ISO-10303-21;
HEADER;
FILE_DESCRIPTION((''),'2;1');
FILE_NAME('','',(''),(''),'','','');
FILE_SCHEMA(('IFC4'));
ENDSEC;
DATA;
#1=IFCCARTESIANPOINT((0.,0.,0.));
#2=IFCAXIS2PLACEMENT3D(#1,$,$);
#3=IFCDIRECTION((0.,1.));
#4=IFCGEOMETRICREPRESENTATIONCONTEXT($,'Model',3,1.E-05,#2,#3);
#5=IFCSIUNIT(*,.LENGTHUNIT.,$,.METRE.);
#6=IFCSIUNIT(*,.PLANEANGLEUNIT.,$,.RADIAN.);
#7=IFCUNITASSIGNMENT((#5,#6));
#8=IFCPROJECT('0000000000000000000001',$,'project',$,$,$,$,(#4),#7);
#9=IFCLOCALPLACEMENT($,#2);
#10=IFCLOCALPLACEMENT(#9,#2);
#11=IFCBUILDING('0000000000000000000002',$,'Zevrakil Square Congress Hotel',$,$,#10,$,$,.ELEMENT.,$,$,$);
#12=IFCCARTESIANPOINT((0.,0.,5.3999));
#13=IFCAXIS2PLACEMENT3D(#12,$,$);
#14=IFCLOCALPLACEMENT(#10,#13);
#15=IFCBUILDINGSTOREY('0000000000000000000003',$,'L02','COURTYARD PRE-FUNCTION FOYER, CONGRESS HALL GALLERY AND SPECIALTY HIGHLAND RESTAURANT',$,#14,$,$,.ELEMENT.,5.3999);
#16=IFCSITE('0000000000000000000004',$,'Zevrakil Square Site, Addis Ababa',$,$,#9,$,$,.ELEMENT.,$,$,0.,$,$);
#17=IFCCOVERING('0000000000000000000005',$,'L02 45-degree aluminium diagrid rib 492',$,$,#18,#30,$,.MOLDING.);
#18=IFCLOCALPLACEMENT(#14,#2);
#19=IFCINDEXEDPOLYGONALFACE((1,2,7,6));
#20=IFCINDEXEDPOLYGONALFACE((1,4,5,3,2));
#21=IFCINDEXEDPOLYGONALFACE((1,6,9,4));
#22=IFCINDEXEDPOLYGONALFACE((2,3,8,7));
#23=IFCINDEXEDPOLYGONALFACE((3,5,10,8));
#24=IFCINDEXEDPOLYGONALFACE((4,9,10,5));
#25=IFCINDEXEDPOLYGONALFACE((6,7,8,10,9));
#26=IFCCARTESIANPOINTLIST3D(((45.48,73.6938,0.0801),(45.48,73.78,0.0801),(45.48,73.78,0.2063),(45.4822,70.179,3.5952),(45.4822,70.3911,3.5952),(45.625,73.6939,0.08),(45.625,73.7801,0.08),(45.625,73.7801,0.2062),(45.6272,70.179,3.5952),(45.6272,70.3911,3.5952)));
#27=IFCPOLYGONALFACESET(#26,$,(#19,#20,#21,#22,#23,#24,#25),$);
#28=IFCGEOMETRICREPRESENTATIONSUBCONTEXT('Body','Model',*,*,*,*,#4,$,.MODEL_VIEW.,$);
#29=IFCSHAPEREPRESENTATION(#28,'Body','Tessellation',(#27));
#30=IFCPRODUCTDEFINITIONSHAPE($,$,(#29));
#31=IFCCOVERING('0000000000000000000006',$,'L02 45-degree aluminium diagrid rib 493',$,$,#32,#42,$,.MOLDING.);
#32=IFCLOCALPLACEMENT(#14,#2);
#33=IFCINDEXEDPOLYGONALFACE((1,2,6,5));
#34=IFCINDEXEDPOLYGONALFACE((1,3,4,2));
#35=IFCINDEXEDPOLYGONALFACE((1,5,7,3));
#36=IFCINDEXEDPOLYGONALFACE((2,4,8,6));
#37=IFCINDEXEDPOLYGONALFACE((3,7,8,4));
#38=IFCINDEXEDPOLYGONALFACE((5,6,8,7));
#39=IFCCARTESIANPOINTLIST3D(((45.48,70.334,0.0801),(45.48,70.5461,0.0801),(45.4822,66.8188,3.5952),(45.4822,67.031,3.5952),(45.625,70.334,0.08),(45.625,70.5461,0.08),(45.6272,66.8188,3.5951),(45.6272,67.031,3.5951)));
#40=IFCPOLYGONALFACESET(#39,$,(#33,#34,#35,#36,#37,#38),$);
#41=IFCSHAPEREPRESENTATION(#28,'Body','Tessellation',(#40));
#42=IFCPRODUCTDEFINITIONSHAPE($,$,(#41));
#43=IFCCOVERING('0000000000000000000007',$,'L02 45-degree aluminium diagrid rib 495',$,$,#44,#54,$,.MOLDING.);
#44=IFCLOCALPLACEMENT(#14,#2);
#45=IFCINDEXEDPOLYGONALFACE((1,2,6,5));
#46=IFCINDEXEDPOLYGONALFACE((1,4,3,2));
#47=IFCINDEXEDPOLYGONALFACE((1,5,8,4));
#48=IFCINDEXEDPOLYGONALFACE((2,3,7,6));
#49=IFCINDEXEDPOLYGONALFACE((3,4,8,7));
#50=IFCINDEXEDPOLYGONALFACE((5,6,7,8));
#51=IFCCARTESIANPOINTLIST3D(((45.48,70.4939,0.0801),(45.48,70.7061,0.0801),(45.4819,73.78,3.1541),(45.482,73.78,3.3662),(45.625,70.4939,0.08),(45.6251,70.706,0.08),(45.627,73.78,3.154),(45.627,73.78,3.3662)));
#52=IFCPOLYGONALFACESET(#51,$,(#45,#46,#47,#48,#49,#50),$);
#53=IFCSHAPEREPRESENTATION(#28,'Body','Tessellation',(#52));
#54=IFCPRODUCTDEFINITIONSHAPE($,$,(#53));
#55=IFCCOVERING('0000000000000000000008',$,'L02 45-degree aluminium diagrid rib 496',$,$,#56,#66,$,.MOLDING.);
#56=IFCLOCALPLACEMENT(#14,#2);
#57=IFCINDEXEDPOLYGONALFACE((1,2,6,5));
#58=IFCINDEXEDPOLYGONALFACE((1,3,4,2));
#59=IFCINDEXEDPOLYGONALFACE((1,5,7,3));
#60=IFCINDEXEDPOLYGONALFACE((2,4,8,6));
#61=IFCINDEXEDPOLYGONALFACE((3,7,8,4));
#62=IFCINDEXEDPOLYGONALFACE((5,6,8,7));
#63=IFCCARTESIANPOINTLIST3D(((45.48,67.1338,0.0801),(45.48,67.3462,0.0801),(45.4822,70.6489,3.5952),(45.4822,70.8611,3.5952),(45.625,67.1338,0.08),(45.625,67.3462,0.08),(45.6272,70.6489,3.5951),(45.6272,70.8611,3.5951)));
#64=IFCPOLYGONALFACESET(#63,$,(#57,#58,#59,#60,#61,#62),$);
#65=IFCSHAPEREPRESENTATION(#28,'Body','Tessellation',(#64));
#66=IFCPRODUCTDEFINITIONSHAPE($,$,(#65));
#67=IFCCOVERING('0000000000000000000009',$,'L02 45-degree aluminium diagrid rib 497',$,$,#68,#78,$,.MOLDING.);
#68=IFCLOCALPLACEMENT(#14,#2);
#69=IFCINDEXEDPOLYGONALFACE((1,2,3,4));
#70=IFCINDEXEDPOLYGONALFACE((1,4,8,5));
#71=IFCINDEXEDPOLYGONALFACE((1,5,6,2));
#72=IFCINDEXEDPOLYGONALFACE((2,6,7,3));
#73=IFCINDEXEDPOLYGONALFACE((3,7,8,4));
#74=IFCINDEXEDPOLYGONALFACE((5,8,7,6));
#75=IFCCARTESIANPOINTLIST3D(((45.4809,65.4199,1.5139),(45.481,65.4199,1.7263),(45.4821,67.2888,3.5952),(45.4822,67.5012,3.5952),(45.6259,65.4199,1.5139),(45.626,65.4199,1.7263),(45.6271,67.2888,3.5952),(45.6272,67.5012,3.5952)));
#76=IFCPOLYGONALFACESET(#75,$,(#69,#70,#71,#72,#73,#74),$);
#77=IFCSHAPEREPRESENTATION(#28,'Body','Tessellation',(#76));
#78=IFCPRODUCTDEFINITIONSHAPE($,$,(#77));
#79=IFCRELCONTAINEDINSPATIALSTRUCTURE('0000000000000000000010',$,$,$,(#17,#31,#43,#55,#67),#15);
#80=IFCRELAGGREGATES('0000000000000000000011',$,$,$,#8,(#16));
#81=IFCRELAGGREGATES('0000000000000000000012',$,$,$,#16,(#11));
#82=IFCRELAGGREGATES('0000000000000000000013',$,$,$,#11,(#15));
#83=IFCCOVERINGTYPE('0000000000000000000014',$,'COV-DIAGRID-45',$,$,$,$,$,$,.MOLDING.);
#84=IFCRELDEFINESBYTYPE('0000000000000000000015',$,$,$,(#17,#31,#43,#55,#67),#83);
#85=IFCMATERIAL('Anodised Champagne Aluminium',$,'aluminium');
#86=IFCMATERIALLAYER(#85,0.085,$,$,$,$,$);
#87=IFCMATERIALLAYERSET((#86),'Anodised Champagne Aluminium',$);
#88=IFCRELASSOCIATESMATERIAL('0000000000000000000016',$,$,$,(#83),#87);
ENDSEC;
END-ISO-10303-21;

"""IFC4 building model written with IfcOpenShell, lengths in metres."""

from ifc_helpers import new_model, si_unit, direction, frame, origin, place, context, subcontext, project, spatial, polyline, outline, extrude, material, layer, layer_set, type_object, element, save


model = new_model("IFC4")

# Units and contexts
model_context = context("Model", 3, precision=1e-05, world=origin(), true_north=direction((0.0, 1.0)))
body_context = subcontext(model_context, "Body", "Model", "MODEL_VIEW")
ifc_project = project(units=[si_unit("LENGTHUNIT", "METRE"), si_unit("PLANEANGLEUNIT", "RADIAN")], contexts=[model_context])

# Site, building, storey
site_placement = place(None, origin())
site = spatial("IfcSite", under=ifc_project, at=site_placement, Name="Zevrakil Square Site, Addis Ababa", CompositionType="ELEMENT", RefElevation=0.0)
building_placement = place(site_placement, origin())
building = spatial("IfcBuilding", under=site, at=building_placement, Name="Zevrakil Square Congress Hotel", CompositionType="ELEMENT")
storey_placement = place(building_placement, frame((0.0, 0.0, 5.3999)))
storey = spatial("IfcBuildingStorey", under=building, at=storey_placement, Name="L02", Description="COURTYARD PRE-FUNCTION FOYER, CONGRESS HALL GALLERY AND SPECIALTY HIGHLAND RESTAURANT", CompositionType="ELEMENT", Elevation=5.3999)

# Coverings
ifc_material_1 = material(Name="Anodised Champagne Aluminium", Category="aluminium")
ifc_layer_1 = layer(ifc_material_1, 0.085)
ifc_layer_set_1 = layer_set([ifc_layer_1], Name="Anodised Champagne Aluminium")
covering_type_1 = type_object("IfcCoveringType", Name="COV-DIAGRID-45", PredefinedType="MOLDING", material=ifc_layer_set_1)
covering_1_placement = place(storey_placement, frame((45.48, 73.6938, 0.0801), z_axis=(-1.0, -0.000188, 0.000444), x_axis=(-0.000188, 1.0, 0.0)))
element("IfcCovering", 1, at=covering_1_placement, inside=storey, type_object=covering_type_1, Name="L02 45-degree aluminium diagrid rib 492", PredefinedType="MOLDING", context=body_context, shape_type="SweptSolid", body=[
    extrude(outline(polyline([(0.0, 0.0), (0.0862, 0.0), (0.0862, -0.1262), (-3.3027, -3.5151), (-3.5149, -3.5151), (0.0, 0.0)])), origin(), (0.0, 0.0, -1.0), 0.145),
])
covering_2_placement = place(storey_placement, frame((45.48, 70.334, 0.0801), z_axis=(-1.0, 0.0, 0.000625), x_axis=(0.0, 1.0, 0.0)))
element("IfcCovering", 2, at=covering_2_placement, inside=storey, type_object=covering_type_1, Name="L02 45-degree aluminium diagrid rib 493", PredefinedType="MOLDING", context=body_context, shape_type="SweptSolid", body=[
    extrude(outline(polyline([(0.0, 0.0), (0.2122, 0.0), (-3.303, -3.5151), (-3.5151, -3.5151), (0.0, 0.0)])), origin(), (0.0, 0.0, -1.0), 0.145),
])
covering_3_placement = place(storey_placement, frame((45.4819, 73.78, 3.1541), z_axis=(-1.0, 0.000307, 0.000307), x_axis=(0.000307, 0.0, 1.0)))
element("IfcCovering", 3, at=covering_3_placement, inside=storey, type_object=covering_type_1, Name="L02 45-degree aluminium diagrid rib 495", PredefinedType="MOLDING", context=body_context, shape_type="SweptSolid", body=[
    extrude(outline(polyline([(0.0, 0.0), (0.2122, 0.0), (-3.074, -3.2861), (-3.074, -3.074), (0.0, 0.0)])), origin(), (0.0, 0.0, -1.0), 0.145),
])
covering_4_placement = place(storey_placement, frame((45.4822, 70.8611, 3.5952), z_axis=(-1.0, 0.0, 0.000625), x_axis=(0.0, -1.0, 0.0)))
element("IfcCovering", 4, at=covering_4_placement, inside=storey, type_object=covering_type_1, Name="L02 45-degree aluminium diagrid rib 496", PredefinedType="MOLDING", context=body_context, shape_type="SweptSolid", body=[
    extrude(outline(polyline([(0.0, 0.0), (0.2122, 0.0), (3.7273, -3.5151), (3.5149, -3.5151), (0.0, 0.0)])), origin(), (0.0, 0.0, -1.0), 0.145),
])
covering_5_placement = place(storey_placement, frame((45.4822, 67.5012, 3.5952), z_axis=(-1.0, 0.000309, 0.000309), x_axis=(-0.000309, -1.0, 0.0)))
element("IfcCovering", 5, at=covering_5_placement, inside=storey, type_object=covering_type_1, Name="L02 45-degree aluminium diagrid rib 497", PredefinedType="MOLDING", context=body_context, shape_type="SweptSolid", body=[
    extrude(outline(polyline([(0.0, 0.0), (0.2124, 0.0), (2.0813, -1.8689), (2.0813, -2.0813), (0.0, 0.0)])), origin(), (0.0, 0.0, -1.0), 0.145),
])

save(model, "model.ifc")
